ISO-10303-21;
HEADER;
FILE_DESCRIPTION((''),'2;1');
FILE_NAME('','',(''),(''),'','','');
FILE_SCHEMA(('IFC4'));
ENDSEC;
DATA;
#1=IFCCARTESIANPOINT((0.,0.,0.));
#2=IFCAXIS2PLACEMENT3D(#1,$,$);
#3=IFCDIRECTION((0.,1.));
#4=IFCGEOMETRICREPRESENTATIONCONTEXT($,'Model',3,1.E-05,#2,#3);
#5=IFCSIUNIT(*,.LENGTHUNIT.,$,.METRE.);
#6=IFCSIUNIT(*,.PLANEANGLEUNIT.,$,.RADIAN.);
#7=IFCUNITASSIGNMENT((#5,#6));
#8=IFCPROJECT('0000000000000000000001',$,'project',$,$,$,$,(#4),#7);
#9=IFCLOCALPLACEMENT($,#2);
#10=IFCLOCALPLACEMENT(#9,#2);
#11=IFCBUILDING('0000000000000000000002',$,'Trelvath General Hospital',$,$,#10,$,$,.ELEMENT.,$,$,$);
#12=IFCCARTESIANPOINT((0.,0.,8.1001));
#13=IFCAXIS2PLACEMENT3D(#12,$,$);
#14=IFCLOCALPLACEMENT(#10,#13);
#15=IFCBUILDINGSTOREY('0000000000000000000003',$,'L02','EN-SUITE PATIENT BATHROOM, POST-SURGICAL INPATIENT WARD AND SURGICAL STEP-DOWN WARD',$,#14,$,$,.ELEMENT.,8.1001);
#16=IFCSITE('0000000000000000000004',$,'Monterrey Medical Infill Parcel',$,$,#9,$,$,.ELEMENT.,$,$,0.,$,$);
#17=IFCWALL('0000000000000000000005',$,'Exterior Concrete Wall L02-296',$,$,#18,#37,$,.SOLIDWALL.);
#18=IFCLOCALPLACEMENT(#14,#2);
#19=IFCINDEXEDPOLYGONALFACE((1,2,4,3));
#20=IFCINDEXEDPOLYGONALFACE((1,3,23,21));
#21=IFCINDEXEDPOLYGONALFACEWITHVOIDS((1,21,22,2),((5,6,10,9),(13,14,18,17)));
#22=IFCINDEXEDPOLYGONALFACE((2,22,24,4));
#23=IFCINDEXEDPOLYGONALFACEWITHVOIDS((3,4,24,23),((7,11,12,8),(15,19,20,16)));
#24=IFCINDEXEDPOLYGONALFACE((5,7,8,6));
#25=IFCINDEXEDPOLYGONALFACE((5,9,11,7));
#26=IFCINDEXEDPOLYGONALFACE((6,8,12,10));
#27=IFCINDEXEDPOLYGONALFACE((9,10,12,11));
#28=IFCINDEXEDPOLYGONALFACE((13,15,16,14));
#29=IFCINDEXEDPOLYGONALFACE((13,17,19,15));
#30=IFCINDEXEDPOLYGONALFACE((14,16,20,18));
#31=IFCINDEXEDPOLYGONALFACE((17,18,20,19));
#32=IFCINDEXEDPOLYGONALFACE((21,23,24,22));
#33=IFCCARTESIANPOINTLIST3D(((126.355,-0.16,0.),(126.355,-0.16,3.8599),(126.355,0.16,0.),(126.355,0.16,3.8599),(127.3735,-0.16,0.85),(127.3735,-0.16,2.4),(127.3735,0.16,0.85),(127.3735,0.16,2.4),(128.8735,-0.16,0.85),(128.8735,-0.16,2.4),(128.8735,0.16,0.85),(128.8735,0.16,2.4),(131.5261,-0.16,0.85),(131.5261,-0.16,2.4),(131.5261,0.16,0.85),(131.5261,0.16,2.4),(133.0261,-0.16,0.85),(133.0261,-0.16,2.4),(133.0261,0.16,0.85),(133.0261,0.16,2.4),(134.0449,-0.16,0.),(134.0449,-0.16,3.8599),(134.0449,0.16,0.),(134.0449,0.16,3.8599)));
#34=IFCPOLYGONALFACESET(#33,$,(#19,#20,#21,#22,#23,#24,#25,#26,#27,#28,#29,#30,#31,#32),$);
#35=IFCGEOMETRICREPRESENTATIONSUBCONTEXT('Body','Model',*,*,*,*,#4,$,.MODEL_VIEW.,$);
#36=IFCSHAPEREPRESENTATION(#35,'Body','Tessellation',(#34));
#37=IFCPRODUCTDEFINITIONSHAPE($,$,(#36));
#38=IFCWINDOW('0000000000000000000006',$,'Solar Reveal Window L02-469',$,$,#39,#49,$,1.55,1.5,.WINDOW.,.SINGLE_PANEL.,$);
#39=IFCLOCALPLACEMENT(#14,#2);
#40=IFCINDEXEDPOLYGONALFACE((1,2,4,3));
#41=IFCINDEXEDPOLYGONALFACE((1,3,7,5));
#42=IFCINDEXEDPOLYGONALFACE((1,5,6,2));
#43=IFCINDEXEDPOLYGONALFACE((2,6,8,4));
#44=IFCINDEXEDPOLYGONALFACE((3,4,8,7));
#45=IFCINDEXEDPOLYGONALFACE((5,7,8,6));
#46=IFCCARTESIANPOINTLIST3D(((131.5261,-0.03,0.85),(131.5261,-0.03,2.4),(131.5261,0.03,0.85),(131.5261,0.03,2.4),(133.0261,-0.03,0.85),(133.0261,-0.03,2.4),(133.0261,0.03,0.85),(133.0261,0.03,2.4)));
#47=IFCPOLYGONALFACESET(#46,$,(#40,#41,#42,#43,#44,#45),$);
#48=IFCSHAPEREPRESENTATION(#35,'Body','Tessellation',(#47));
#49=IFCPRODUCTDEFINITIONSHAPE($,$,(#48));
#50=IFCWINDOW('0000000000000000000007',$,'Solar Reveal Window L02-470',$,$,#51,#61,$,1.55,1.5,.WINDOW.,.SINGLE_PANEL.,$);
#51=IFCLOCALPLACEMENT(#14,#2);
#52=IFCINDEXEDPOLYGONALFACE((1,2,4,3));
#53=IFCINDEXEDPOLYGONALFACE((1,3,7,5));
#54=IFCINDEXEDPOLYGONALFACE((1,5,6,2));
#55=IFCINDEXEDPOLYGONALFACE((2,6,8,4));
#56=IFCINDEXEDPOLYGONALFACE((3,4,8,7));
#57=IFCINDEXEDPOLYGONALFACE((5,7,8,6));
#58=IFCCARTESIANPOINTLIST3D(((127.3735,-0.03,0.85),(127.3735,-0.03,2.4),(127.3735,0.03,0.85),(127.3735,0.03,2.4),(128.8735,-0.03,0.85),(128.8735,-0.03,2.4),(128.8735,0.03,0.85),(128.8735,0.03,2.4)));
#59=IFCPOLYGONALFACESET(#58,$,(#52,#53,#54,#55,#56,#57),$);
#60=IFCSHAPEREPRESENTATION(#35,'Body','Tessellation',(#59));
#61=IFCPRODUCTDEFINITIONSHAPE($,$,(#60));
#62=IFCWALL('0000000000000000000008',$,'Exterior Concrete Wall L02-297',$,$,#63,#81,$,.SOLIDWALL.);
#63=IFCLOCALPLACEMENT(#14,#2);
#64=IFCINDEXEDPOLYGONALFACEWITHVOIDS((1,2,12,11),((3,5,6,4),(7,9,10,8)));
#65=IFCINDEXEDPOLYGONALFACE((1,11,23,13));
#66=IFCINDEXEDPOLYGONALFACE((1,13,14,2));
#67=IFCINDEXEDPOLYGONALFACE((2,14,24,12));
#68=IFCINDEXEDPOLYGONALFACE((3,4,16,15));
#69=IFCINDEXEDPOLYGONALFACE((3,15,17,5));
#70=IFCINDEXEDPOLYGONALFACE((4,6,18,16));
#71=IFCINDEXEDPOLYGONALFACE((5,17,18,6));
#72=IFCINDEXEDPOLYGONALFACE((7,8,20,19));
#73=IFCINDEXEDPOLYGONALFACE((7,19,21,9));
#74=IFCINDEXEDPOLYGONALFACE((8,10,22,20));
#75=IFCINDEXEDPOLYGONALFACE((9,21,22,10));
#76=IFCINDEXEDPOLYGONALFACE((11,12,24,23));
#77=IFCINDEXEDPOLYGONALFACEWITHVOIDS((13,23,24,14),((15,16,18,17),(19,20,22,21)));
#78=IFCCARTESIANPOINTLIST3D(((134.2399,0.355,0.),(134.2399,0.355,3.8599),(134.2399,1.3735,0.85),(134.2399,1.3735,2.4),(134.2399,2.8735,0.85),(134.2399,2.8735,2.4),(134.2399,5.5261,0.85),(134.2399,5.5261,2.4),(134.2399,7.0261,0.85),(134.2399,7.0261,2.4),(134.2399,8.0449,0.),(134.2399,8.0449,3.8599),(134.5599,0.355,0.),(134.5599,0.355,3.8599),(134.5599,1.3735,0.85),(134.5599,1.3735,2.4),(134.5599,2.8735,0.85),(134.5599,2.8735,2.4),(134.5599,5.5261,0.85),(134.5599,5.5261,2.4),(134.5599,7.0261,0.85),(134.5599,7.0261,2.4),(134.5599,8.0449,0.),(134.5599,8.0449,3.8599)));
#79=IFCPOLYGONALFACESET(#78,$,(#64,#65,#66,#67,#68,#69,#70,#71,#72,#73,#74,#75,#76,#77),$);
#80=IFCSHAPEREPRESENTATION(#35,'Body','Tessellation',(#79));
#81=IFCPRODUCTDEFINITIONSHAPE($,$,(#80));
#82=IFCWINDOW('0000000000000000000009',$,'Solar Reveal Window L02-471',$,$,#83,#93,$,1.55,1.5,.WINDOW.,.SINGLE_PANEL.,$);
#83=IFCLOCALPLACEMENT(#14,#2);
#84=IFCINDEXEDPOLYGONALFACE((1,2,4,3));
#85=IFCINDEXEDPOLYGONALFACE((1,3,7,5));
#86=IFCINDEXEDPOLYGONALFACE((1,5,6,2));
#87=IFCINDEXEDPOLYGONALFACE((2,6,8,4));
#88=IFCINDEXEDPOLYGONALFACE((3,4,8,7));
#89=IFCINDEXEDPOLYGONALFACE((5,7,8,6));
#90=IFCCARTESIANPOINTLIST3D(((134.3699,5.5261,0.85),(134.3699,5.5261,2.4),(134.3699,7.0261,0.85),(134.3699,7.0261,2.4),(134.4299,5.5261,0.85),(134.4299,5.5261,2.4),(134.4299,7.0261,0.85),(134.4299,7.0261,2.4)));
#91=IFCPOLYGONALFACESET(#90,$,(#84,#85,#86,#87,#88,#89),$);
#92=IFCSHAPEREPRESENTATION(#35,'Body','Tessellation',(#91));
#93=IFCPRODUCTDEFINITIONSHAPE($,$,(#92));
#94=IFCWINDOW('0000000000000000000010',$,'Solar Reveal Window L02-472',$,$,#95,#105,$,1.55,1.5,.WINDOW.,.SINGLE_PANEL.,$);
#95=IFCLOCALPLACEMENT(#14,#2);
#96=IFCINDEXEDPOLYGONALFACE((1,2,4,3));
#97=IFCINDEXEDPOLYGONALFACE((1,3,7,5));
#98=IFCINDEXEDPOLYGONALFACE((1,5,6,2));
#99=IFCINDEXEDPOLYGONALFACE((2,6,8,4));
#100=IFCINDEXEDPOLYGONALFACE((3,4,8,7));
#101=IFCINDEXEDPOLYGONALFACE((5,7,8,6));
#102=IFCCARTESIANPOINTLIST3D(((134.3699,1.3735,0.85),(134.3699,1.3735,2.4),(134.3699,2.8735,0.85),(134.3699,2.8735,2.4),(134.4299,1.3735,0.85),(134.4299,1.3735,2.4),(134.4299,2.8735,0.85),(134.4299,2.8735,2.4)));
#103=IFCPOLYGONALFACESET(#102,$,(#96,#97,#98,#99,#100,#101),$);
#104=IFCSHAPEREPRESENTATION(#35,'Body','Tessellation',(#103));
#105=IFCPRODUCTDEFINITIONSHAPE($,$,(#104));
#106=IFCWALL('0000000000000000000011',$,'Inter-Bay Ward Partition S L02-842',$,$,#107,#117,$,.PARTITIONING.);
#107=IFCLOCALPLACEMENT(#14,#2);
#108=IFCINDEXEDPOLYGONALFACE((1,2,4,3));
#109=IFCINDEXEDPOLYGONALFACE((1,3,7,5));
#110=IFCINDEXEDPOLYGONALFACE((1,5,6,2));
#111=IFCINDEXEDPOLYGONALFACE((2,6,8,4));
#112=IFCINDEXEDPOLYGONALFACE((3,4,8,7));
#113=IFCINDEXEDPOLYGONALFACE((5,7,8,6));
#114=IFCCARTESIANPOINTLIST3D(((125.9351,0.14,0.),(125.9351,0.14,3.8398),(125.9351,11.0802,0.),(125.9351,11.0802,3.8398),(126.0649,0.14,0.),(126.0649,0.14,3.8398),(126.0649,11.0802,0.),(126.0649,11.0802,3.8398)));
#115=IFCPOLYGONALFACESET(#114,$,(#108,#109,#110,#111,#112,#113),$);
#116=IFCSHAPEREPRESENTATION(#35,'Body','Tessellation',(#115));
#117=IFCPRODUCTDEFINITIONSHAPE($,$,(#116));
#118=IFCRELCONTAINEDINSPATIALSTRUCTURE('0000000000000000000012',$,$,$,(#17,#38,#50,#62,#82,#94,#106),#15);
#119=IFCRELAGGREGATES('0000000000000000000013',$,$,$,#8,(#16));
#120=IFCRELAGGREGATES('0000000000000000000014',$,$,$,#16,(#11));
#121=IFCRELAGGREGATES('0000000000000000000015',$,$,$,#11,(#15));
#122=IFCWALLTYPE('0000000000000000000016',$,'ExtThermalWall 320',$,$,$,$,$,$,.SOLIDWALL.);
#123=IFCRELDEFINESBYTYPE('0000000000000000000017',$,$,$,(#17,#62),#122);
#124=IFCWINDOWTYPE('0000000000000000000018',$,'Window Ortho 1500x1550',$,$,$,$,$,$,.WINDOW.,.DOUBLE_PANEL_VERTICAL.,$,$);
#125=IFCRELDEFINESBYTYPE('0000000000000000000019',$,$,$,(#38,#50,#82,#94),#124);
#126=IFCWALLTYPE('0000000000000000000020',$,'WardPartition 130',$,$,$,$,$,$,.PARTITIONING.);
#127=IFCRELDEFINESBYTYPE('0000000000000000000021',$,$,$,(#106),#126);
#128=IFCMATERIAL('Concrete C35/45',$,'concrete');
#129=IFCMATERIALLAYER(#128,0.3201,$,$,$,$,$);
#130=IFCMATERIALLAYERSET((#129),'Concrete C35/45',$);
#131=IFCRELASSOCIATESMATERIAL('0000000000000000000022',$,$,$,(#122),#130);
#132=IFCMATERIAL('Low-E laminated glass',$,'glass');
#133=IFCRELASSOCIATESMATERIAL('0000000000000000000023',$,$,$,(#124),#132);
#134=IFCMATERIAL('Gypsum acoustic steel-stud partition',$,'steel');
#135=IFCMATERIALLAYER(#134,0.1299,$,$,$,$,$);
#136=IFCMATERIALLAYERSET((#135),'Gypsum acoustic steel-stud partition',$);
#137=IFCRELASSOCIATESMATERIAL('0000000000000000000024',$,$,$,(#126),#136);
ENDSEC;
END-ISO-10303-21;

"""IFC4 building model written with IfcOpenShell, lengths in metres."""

from ifc_helpers import new_model, si_unit, direction, frame, frame_2d, origin, place, context, subcontext, project, spatial, rectangle, extrude, material, layer, layer_set, type_object, element, fill, save


model = new_model("IFC4")

# Units and contexts
model_context = context("Model", 3, precision=1e-05, world=origin(), true_north=direction((0.0, 1.0)))
body_context = subcontext(model_context, "Body", "Model", "MODEL_VIEW")
ifc_project = project(units=[si_unit("LENGTHUNIT", "METRE"), si_unit("PLANEANGLEUNIT", "RADIAN")], contexts=[model_context])

# Site, building, storey
site_placement = place(None, origin())
site = spatial("IfcSite", under=ifc_project, at=site_placement, Name="Monterrey Medical Infill Parcel", CompositionType="ELEMENT", RefElevation=0.0)
building_placement = place(site_placement, origin())
building = spatial("IfcBuilding", under=site, at=building_placement, Name="Trelvath General Hospital", CompositionType="ELEMENT")
storey_placement = place(building_placement, frame((0.0, 0.0, 8.1001)))
storey = spatial("IfcBuildingStorey", under=building, at=storey_placement, Name="L02", Description="EN-SUITE PATIENT BATHROOM, POST-SURGICAL INPATIENT WARD AND SURGICAL STEP-DOWN WARD", CompositionType="ELEMENT", Elevation=8.1001)

# Walls, openings, windows
ifc_material_1 = material(Name="Concrete C35/45", Category="concrete")
ifc_layer_1 = layer(ifc_material_1, 0.3201)
ifc_layer_set_1 = layer_set([ifc_layer_1], Name="Concrete C35/45")
wall_type_1 = type_object("IfcWallType", Name="ExtThermalWall 320", PredefinedType="SOLIDWALL", material=ifc_layer_set_1)
wall_1_placement = place(storey_placement, frame((134.0449, 0.0, 0.0), z_axis=(0.0, 0.0, 1.0), x_axis=(-1.0, 0.0, 0.0)))
wall_1 = element("IfcWall", 1, at=wall_1_placement, inside=storey, type_object=wall_type_1, Name="Exterior Concrete Wall L02-296", PredefinedType="SOLIDWALL", context=body_context, shape_type="SweptSolid", body=[
    extrude(rectangle(XDim=7.6899, YDim=0.3201, at=frame_2d((3.845, 0.0))), origin(), (0.0, 0.0, 1.0), 3.8599),
])
opening_1_placement = place(wall_1_placement, frame((1.0188, 0.0, 0.8501)))
opening_1 = element("IfcOpeningElement", 2, at=opening_1_placement, cuts=wall_1, PredefinedType="OPENING", context=body_context, shape_type="SweptSolid", body=[
    extrude(rectangle(XDim=1.5, YDim=1.55, at=frame_2d((0.75, 0.7749))), frame((0.0, 0.1699, 0.0), z_axis=(0.0, -1.0, 0.0), x_axis=(1.0, 0.0, 0.0)), (0.0, 0.0, 1.0), 0.3401),
])
opening_2_placement = place(wall_1_placement, frame((5.1714, 0.0, 0.8501)))
opening_2 = element("IfcOpeningElement", 3, at=opening_2_placement, cuts=wall_1, PredefinedType="OPENING", context=body_context, shape_type="SweptSolid", body=[
    extrude(rectangle(XDim=1.5, YDim=1.55, at=frame_2d((0.75, 0.7749))), frame((0.0, 0.1699, 0.0), z_axis=(0.0, -1.0, 0.0), x_axis=(1.0, 0.0, 0.0)), (0.0, 0.0, 1.0), 0.3401),
])
ifc_material_2 = material(Name="Low-E laminated glass", Category="glass")
window_type_1 = type_object("IfcWindowType", Name="Window Ortho 1500x1550", PartitioningType="DOUBLE_PANEL_VERTICAL", PredefinedType="WINDOW", material=ifc_material_2)
window_1_placement = place(opening_1_placement, origin())
window_1 = element("IfcWindow", 4, at=window_1_placement, inside=storey, type_object=window_type_1, Name="Solar Reveal Window L02-469", OverallHeight=1.55, OverallWidth=1.5, PartitioningType="SINGLE_PANEL", PredefinedType="WINDOW", context=body_context, shape_type="SweptSolid", body=[
    extrude(rectangle(XDim=1.5, YDim=1.55, at=frame_2d((0.75, 0.7749))), frame((0.0, 0.03, 0.0), z_axis=(0.0, -1.0, 0.0), x_axis=(1.0, 0.0, 0.0)), (0.0, 0.0, 1.0), 0.0601),
])
fill(opening_1, window_1)
window_2_placement = place(opening_2_placement, origin())
window_2 = element("IfcWindow", 5, at=window_2_placement, inside=storey, type_object=window_type_1, Name="Solar Reveal Window L02-470", OverallHeight=1.55, OverallWidth=1.5, PartitioningType="SINGLE_PANEL", PredefinedType="WINDOW", context=body_context, shape_type="SweptSolid", body=[
    extrude(rectangle(XDim=1.5, YDim=1.55, at=frame_2d((0.75, 0.7749))), frame((0.0, 0.03, 0.0), z_axis=(0.0, -1.0, 0.0), x_axis=(1.0, 0.0, 0.0)), (0.0, 0.0, 1.0), 0.0601),
])
fill(opening_2, window_2)
wall_2_placement = place(storey_placement, frame((134.3999, 8.0449, 0.0), z_axis=(0.0, 0.0, 1.0), x_axis=(0.0, -1.0, 0.0)))
wall_2 = element("IfcWall", 6, at=wall_2_placement, inside=storey, type_object=wall_type_1, Name="Exterior Concrete Wall L02-297", PredefinedType="SOLIDWALL", context=body_context, shape_type="SweptSolid", body=[
    extrude(rectangle(XDim=7.6899, YDim=0.3201, at=frame_2d((3.845, 0.0))), origin(), (0.0, 0.0, 1.0), 3.8599),
])
opening_3_placement = place(wall_2_placement, frame((1.0188, 0.0, 0.8501)))
opening_3 = element("IfcOpeningElement", 7, at=opening_3_placement, cuts=wall_2, PredefinedType="OPENING", context=body_context, shape_type="SweptSolid", body=[
    extrude(rectangle(XDim=1.5, YDim=1.55, at=frame_2d((0.75, 0.7749))), frame((0.0, 0.1699, 0.0), z_axis=(0.0, -1.0, 0.0), x_axis=(1.0, 0.0, 0.0)), (0.0, 0.0, 1.0), 0.3401),
])
opening_4_placement = place(wall_2_placement, frame((5.1714, 0.0, 0.8501)))
opening_4 = element("IfcOpeningElement", 8, at=opening_4_placement, cuts=wall_2, PredefinedType="OPENING", context=body_context, shape_type="SweptSolid", body=[
    extrude(rectangle(XDim=1.5, YDim=1.55, at=frame_2d((0.75, 0.7749))), frame((0.0, 0.1699, 0.0), z_axis=(0.0, -1.0, 0.0), x_axis=(1.0, 0.0, 0.0)), (0.0, 0.0, 1.0), 0.3401),
])
window_3_placement = place(opening_3_placement, origin())
window_3 = element("IfcWindow", 9, at=window_3_placement, inside=storey, type_object=window_type_1, Name="Solar Reveal Window L02-471", OverallHeight=1.55, OverallWidth=1.5, PartitioningType="SINGLE_PANEL", PredefinedType="WINDOW", context=body_context, shape_type="SweptSolid", body=[
    extrude(rectangle(XDim=1.5, YDim=1.55, at=frame_2d((0.75, 0.7749))), frame((0.0, 0.03, 0.0), z_axis=(0.0, -1.0, 0.0), x_axis=(1.0, 0.0, 0.0)), (0.0, 0.0, 1.0), 0.0601),
])
fill(opening_3, window_3)
window_4_placement = place(opening_4_placement, origin())
window_4 = element("IfcWindow", 10, at=window_4_placement, inside=storey, type_object=window_type_1, Name="Solar Reveal Window L02-472", OverallHeight=1.55, OverallWidth=1.5, PartitioningType="SINGLE_PANEL", PredefinedType="WINDOW", context=body_context, shape_type="SweptSolid", body=[
    extrude(rectangle(XDim=1.5, YDim=1.55, at=frame_2d((0.75, 0.7749))), frame((0.0, 0.03, 0.0), z_axis=(0.0, -1.0, 0.0), x_axis=(1.0, 0.0, 0.0)), (0.0, 0.0, 1.0), 0.0601),
])
fill(opening_4, window_4)

# Wall
ifc_material_3 = material(Name="Gypsum acoustic steel-stud partition", Category="steel")
ifc_layer_2 = layer(ifc_material_3, 0.1299)
ifc_layer_set_2 = layer_set([ifc_layer_2], Name="Gypsum acoustic steel-stud partition")
wall_type_2 = type_object("IfcWallType", Name="WardPartition 130", PredefinedType="PARTITIONING", material=ifc_layer_set_2)
wall_3_placement = place(storey_placement, frame((126.0, 0.1399, 0.0), z_axis=(0.0, 0.0, 1.0), x_axis=(0.0, 1.0, 0.0)))
element("IfcWall", 11, at=wall_3_placement, inside=storey, type_object=wall_type_2, Name="Inter-Bay Ward Partition S L02-842", PredefinedType="PARTITIONING", context=body_context, shape_type="SweptSolid", body=[
    extrude(rectangle(XDim=10.9402, YDim=0.1299, at=frame_2d((5.4702, 0.0))), origin(), (0.0, 0.0, 1.0), 3.8398),
])

save(model, "model.ifc")
